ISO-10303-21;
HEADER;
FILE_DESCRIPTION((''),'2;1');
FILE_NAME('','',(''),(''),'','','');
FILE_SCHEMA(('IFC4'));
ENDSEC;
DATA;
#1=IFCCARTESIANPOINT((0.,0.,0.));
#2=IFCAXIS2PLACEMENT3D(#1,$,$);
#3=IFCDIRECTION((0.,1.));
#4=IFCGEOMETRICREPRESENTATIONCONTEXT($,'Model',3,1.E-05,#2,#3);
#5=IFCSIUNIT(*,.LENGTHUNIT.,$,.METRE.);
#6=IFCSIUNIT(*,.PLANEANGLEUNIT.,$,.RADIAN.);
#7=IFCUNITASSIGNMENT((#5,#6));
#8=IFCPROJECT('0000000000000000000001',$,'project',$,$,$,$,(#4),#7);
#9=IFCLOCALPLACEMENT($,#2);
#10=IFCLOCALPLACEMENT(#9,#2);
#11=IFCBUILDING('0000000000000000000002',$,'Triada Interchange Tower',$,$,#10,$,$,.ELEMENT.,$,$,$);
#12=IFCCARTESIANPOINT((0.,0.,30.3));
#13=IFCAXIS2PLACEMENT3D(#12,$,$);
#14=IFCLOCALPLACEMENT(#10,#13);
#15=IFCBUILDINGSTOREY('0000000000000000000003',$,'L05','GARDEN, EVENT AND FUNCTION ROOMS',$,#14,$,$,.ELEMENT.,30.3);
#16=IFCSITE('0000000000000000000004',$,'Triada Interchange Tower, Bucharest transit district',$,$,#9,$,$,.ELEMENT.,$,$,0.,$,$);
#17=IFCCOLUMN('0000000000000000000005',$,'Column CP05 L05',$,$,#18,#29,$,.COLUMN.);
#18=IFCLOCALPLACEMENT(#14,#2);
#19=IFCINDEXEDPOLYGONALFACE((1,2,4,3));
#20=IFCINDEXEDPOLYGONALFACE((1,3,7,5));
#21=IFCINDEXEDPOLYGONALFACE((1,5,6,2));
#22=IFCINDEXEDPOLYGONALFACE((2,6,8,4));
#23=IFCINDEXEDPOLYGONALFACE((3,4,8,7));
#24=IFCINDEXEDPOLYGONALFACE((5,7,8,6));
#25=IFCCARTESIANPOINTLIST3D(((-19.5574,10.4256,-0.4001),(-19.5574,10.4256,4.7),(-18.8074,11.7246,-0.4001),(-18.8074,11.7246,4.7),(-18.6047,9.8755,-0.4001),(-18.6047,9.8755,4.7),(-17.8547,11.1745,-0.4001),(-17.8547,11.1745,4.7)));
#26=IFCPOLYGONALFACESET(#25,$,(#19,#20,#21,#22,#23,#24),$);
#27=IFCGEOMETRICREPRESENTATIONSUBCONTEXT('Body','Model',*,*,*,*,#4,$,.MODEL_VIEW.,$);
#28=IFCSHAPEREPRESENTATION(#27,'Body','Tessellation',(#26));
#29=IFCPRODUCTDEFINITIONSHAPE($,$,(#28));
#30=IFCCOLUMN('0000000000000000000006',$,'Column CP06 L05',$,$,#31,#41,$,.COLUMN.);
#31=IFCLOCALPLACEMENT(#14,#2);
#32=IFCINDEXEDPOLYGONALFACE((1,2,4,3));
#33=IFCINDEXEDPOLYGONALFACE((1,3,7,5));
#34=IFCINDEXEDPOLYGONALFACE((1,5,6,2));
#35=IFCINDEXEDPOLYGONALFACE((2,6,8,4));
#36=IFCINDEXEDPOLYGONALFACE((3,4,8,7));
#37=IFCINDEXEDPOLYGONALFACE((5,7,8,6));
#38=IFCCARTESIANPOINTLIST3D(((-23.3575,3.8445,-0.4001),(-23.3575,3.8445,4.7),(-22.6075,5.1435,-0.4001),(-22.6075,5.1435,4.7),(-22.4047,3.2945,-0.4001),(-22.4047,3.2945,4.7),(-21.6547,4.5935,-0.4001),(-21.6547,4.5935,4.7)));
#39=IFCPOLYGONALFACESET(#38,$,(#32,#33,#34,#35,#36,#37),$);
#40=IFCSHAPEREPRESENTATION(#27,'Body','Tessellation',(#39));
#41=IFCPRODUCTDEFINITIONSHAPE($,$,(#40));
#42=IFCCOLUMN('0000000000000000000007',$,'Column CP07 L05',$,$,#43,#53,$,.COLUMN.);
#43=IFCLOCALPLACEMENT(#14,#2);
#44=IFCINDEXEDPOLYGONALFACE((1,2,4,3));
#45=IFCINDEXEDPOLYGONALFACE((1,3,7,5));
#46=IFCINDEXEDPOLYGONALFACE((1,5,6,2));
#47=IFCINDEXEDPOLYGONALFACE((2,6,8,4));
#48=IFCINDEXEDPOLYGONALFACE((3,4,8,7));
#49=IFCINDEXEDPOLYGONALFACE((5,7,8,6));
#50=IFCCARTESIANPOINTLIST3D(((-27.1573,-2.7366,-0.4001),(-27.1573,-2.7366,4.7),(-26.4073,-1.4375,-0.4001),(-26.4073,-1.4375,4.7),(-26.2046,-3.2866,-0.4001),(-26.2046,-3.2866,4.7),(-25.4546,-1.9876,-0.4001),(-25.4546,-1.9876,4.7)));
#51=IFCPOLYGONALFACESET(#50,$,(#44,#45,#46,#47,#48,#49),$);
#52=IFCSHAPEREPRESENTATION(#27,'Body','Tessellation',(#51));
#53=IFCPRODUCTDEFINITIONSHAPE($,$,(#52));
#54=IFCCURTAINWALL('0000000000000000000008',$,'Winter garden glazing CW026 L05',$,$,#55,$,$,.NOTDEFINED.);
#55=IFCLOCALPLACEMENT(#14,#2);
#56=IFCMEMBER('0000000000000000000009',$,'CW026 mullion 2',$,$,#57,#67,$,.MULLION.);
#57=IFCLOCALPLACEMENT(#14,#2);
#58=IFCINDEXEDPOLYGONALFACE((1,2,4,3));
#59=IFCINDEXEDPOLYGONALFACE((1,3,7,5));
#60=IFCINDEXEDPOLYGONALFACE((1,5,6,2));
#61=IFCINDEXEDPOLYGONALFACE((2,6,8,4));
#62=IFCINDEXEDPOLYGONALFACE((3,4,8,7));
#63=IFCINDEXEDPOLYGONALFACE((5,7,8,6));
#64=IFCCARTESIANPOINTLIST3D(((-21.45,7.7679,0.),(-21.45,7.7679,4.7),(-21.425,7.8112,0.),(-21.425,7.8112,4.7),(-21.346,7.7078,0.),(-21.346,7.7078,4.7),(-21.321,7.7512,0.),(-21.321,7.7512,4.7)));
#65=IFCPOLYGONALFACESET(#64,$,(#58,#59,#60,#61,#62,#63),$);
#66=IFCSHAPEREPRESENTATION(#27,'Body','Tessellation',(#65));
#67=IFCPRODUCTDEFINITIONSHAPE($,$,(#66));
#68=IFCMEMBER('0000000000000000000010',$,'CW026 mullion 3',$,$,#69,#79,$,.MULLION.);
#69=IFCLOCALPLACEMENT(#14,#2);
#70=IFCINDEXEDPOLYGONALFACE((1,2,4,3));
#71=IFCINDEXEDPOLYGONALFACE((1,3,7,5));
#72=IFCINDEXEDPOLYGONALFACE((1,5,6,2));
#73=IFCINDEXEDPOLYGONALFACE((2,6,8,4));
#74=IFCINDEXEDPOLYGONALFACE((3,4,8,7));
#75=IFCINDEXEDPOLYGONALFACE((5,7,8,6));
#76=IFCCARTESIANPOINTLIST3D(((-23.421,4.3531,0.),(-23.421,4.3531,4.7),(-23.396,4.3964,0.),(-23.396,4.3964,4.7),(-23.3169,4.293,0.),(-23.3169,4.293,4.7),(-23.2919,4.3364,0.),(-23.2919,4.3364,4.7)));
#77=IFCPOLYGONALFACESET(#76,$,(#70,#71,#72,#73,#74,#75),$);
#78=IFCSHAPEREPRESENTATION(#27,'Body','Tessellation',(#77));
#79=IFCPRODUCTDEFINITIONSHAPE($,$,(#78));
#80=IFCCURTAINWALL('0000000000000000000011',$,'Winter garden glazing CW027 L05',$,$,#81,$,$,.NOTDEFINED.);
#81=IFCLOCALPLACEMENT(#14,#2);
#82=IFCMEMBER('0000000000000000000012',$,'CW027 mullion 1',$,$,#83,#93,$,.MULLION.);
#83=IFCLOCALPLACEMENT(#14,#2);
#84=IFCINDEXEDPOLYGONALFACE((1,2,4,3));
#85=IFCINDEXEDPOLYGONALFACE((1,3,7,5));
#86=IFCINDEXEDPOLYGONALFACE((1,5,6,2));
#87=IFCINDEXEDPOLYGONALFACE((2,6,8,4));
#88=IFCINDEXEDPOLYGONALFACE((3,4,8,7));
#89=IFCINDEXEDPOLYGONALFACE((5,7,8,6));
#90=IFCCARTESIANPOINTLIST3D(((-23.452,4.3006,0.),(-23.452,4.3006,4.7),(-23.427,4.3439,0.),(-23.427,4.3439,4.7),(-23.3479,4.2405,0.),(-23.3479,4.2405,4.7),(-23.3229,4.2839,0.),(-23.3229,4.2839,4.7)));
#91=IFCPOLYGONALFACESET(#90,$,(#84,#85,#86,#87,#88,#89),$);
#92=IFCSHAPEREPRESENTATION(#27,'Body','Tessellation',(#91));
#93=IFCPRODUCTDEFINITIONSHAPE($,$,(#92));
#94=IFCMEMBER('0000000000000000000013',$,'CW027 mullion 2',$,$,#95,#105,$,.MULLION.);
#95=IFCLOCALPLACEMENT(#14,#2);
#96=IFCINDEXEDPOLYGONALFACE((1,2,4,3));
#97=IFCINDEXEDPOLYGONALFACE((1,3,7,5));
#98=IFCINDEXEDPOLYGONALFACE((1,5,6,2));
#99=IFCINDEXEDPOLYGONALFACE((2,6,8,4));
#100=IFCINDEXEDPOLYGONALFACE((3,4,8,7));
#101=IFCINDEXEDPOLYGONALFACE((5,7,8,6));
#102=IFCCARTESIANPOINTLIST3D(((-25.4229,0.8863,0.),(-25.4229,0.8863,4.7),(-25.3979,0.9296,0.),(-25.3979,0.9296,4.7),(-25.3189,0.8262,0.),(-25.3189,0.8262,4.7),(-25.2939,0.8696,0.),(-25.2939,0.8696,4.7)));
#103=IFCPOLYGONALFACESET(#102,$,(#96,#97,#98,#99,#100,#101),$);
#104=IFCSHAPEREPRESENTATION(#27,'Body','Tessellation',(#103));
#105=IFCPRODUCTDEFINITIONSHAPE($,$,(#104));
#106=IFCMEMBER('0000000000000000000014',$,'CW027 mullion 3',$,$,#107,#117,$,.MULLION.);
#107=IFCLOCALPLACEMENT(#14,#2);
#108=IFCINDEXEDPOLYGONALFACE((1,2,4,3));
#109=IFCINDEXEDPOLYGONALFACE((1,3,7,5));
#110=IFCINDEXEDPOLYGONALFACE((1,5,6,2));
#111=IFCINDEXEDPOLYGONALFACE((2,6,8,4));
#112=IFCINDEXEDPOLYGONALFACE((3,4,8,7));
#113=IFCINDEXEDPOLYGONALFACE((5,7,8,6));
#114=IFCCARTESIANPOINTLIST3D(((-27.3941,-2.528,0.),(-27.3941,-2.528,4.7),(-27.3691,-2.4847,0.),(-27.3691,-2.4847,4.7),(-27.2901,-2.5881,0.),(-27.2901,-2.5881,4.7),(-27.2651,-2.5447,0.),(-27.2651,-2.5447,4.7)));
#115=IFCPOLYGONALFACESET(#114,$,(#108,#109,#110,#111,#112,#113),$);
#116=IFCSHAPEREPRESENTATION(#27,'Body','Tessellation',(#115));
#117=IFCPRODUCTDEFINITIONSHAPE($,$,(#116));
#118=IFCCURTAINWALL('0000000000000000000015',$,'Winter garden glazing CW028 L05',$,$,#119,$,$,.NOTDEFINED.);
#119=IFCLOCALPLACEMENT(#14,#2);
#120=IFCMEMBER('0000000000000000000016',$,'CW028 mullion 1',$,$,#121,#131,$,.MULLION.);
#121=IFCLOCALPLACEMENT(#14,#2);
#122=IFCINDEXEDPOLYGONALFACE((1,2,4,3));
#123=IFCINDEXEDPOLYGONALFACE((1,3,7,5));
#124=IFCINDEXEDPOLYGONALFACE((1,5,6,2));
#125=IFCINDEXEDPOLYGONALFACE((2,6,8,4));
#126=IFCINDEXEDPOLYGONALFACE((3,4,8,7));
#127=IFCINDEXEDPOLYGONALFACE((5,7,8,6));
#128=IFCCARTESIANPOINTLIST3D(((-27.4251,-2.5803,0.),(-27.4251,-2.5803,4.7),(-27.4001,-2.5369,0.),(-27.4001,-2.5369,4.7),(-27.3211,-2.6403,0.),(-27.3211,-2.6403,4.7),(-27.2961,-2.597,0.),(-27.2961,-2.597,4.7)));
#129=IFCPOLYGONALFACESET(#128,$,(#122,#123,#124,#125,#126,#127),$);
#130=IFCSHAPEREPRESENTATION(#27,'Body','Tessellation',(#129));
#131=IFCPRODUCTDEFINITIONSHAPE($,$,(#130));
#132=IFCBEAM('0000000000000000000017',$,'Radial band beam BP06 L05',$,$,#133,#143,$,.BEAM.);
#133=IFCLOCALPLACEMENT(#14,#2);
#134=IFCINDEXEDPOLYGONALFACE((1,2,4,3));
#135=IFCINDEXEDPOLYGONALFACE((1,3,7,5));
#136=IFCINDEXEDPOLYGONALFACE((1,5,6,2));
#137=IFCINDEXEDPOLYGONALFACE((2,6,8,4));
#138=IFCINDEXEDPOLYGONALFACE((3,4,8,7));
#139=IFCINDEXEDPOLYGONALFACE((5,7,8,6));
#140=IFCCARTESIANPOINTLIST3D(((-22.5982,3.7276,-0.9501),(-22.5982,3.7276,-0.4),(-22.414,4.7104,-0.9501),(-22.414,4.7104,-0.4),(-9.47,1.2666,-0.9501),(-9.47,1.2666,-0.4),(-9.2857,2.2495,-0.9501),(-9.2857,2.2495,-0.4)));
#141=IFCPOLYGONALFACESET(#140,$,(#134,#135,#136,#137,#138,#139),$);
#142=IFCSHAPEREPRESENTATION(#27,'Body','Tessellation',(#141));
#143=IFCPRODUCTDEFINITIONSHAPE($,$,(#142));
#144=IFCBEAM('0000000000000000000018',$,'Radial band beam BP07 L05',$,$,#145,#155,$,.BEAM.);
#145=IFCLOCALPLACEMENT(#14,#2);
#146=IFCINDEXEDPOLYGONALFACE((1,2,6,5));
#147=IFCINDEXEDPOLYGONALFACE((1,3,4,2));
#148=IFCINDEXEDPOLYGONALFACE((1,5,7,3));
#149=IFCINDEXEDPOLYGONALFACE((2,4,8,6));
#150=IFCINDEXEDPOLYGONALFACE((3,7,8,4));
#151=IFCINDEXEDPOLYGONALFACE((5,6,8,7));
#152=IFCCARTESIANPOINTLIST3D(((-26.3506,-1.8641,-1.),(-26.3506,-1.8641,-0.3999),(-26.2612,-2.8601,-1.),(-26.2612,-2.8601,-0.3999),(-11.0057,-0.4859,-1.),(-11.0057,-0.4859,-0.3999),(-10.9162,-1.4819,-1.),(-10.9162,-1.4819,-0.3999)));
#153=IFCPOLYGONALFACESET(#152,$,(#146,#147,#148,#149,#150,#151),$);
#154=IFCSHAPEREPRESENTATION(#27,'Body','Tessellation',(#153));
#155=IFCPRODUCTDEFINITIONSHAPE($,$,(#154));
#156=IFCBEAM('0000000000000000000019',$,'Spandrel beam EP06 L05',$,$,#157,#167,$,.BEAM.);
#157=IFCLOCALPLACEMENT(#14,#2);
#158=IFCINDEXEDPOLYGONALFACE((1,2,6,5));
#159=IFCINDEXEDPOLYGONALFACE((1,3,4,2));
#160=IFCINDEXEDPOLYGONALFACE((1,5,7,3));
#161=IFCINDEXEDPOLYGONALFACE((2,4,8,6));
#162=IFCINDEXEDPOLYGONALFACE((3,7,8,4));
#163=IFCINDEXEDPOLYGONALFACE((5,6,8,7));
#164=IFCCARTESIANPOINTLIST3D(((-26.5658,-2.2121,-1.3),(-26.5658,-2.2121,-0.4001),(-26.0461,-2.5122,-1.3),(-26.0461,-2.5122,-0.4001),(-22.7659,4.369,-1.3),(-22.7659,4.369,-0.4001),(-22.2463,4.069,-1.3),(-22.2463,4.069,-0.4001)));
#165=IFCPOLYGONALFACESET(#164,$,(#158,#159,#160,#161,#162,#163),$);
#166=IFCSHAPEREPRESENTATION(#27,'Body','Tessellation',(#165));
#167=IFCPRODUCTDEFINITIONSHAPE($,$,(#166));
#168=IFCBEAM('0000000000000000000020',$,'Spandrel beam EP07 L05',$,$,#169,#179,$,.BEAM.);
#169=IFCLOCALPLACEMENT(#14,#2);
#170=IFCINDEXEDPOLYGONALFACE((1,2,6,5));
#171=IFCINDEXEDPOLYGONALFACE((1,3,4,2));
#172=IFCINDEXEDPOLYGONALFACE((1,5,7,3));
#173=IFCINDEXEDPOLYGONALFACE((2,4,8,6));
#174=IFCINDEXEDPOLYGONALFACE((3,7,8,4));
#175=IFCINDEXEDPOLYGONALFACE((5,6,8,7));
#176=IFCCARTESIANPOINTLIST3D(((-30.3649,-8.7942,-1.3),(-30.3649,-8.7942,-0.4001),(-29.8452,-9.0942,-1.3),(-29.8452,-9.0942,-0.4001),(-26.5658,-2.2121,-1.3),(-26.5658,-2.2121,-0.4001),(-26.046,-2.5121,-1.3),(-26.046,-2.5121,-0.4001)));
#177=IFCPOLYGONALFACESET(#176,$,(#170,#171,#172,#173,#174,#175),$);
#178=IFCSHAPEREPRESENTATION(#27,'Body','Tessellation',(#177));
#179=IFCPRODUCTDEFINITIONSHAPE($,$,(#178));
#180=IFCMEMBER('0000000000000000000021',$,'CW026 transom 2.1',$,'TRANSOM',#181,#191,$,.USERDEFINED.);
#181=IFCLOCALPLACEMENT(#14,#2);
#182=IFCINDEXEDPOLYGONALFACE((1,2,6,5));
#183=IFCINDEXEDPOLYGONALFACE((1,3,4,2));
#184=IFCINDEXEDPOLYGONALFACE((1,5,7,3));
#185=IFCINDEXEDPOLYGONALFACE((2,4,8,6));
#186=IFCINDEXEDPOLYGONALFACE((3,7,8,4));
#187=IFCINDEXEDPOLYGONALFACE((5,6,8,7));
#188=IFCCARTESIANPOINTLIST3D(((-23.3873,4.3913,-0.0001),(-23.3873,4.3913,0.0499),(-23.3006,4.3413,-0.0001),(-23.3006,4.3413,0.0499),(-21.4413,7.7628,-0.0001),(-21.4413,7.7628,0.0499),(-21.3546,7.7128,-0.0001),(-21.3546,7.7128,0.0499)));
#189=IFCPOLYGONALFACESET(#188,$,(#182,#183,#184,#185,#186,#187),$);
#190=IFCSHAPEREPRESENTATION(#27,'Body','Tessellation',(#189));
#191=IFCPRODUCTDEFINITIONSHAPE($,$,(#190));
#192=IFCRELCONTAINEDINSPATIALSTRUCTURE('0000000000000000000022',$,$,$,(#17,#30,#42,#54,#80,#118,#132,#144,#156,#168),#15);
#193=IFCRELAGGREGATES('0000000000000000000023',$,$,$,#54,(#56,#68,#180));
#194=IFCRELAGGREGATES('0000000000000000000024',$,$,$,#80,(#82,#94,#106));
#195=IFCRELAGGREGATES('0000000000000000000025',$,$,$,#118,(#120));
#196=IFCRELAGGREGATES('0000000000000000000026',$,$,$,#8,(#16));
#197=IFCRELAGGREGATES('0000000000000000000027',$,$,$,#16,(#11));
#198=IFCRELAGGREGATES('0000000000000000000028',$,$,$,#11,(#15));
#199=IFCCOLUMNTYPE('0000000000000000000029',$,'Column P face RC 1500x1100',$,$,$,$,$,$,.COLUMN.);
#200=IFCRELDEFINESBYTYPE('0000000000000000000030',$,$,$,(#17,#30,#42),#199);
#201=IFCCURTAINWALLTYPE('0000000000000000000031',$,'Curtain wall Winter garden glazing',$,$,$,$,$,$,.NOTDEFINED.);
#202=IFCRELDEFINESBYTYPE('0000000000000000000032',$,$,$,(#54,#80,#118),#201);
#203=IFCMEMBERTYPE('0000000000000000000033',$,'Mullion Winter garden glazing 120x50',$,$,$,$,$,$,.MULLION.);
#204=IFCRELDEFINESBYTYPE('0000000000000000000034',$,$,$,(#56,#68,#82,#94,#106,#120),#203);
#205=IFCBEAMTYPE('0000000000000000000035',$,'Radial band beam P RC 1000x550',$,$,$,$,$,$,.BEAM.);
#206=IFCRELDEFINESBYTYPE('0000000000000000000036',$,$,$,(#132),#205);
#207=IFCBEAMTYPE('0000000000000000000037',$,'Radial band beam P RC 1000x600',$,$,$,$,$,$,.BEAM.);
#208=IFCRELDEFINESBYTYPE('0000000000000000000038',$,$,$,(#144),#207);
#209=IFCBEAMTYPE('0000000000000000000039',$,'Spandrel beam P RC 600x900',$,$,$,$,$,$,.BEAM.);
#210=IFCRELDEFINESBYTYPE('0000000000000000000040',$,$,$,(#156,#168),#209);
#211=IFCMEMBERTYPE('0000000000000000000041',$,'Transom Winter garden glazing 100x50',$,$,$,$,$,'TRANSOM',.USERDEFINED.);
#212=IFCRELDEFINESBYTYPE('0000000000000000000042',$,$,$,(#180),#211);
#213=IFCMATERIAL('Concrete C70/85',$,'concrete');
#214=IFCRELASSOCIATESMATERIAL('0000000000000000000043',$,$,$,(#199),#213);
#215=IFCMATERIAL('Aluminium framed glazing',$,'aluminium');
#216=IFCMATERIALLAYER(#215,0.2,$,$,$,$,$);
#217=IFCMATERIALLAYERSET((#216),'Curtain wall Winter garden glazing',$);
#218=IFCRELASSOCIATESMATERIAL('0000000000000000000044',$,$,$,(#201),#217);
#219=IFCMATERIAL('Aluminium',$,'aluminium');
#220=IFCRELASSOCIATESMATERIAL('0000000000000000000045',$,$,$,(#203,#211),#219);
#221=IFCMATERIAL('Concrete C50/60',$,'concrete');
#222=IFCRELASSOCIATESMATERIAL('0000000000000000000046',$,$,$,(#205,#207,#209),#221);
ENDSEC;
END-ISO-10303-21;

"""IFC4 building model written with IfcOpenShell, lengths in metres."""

from ifc_helpers import new_model, si_unit, direction, frame, origin, origin_2d, place, context, subcontext, project, spatial, rectangle, extrude, material, layer, layer_set, material_profile, profile_set, type_object, element, aggregate, save


model = new_model("IFC4")

# Units and contexts
model_context = context("Model", 3, precision=1e-05, world=origin(), true_north=direction((0.0, 1.0)))
body_context = subcontext(model_context, "Body", "Model", "MODEL_VIEW")
ifc_project = project(units=[si_unit("LENGTHUNIT", "METRE"), si_unit("PLANEANGLEUNIT", "RADIAN")], contexts=[model_context])

# Site, building, storey
site_placement = place(None, origin())
site = spatial("IfcSite", under=ifc_project, at=site_placement, Name="Triada Interchange Tower, Bucharest transit district", CompositionType="ELEMENT", RefElevation=0.0)
building_placement = place(site_placement, origin())
building = spatial("IfcBuilding", under=site, at=building_placement, Name="Triada Interchange Tower", CompositionType="ELEMENT")
storey_placement = place(building_placement, frame((0.0, 0.0, 30.3)))
storey = spatial("IfcBuildingStorey", under=building, at=storey_placement, Name="L05", Description="GARDEN, EVENT AND FUNCTION ROOMS", CompositionType="ELEMENT", Elevation=30.3)

# Columns
ifc_material_1 = material(Name="Concrete C70/85", Category="concrete")
ifc_material_profile_1 = material_profile(ifc_material_1, rectangle(XDim=1.5, YDim=1.1001, at=origin_2d()), Name="RC 1500x1100")
ifc_profile_set_1 = profile_set([ifc_material_profile_1], Name="Concrete C70/85")
column_type = type_object("IfcColumnType", Name="Column P face RC 1500x1100", PredefinedType="COLUMN", material=ifc_profile_set_1)
for number, where, z_axis, x_axis, name in (
    (1, (-18.7061, 10.8, -0.4001), (0.0, 0.0, 1.0), (0.5, 0.866025, 0.0), "Column CP05 L05"),
    (2, (-22.5061, 4.219, -0.4001), (0.0, 0.0, 1.0), (0.5, 0.866025, 0.0), "Column CP06 L05"),
    (3, (-26.3059, -2.3621, -0.4001), (0.0, 0.0, 1.0), (0.5, 0.866025, 0.0), "Column CP07 L05"),
):
    element("IfcColumn", number, at=place(storey_placement, frame(where, z_axis=z_axis, x_axis=x_axis)), inside=storey, type_object=column_type, Name=name, PredefinedType="COLUMN", context=body_context, shape_type="SweptSolid", body=[
        extrude(rectangle(XDim=1.5, YDim=1.1001, at=origin_2d()), origin(), (0.0, 0.0, 1.0), 5.1001),
    ])

# Curtain walls, members
ifc_material_2 = material(Name="Aluminium framed glazing", Category="aluminium")
ifc_layer_1 = layer(ifc_material_2, 0.2)
ifc_layer_set_1 = layer_set([ifc_layer_1], Name="Curtain wall Winter garden glazing")
curtain_wall_type = type_object("IfcCurtainWallType", Name="Curtain wall Winter garden glazing", PredefinedType="NOTDEFINED", material=ifc_layer_set_1)
curtain_wall_1_placement = place(storey_placement, origin())
curtain_wall_1 = element("IfcCurtainWall", 4, at=curtain_wall_1_placement, inside=storey, type_object=curtain_wall_type, Name="Winter garden glazing CW026 L05", PredefinedType="NOTDEFINED")
ifc_material_3 = material(Name="Aluminium", Category="aluminium")
ifc_material_profile_2 = material_profile(ifc_material_3, rectangle(XDim=0.1201, YDim=0.05, at=origin_2d()), Name="Aluminium mullion")
ifc_profile_set_2 = profile_set([ifc_material_profile_2], Name="Aluminium")
member_type_1 = type_object("IfcMemberType", Name="Mullion Winter garden glazing 120x50", PredefinedType="MULLION", material=ifc_profile_set_2)
member_1_placement = place(storey_placement, frame((-21.3855, 7.7595, 0.0), z_axis=(0.0, 0.0, 1.0), x_axis=(0.866087, -0.499893, 0.0)))
member_1 = element("IfcMember", 5, at=member_1_placement, type_object=member_type_1, Name="CW026 mullion 2", PredefinedType="MULLION", context=body_context, shape_type="SweptSolid", body=[
    extrude(rectangle(XDim=0.1201, YDim=0.05, at=origin_2d()), origin(), (0.0, 0.0, 1.0), 4.7),
])
member_2_placement = place(storey_placement, frame((-23.3564, 4.3447, 0.0), z_axis=(0.0, 0.0, 1.0), x_axis=(0.866087, -0.499893, 0.0)))
member_2 = element("IfcMember", 6, at=member_2_placement, type_object=member_type_1, Name="CW026 mullion 3", PredefinedType="MULLION", context=body_context, shape_type="SweptSolid", body=[
    extrude(rectangle(XDim=0.1201, YDim=0.05, at=origin_2d()), origin(), (0.0, 0.0, 1.0), 4.7),
])
curtain_wall_2_placement = place(storey_placement, origin())
curtain_wall_2 = element("IfcCurtainWall", 7, at=curtain_wall_2_placement, inside=storey, type_object=curtain_wall_type, Name="Winter garden glazing CW027 L05", PredefinedType="NOTDEFINED")
member_3_placement = place(storey_placement, frame((-23.3875, 4.2922, 0.0), z_axis=(0.0, 0.0, 1.0), x_axis=(0.866055, -0.499948, 0.0)))
member_3 = element("IfcMember", 8, at=member_3_placement, type_object=member_type_1, Name="CW027 mullion 1", PredefinedType="MULLION", context=body_context, shape_type="SweptSolid", body=[
    extrude(rectangle(XDim=0.1201, YDim=0.05, at=origin_2d()), origin(), (0.0, 0.0, 1.0), 4.7),
])
member_4_placement = place(storey_placement, frame((-25.3584, 0.8779, 0.0), z_axis=(0.0, 0.0, 1.0), x_axis=(0.866055, -0.499948, 0.0)))
member_4 = element("IfcMember", 9, at=member_4_placement, type_object=member_type_1, Name="CW027 mullion 2", PredefinedType="MULLION", context=body_context, shape_type="SweptSolid", body=[
    extrude(rectangle(XDim=0.1201, YDim=0.05, at=origin_2d()), origin(), (0.0, 0.0, 1.0), 4.7),
])
member_5_placement = place(storey_placement, frame((-27.3296, -2.5364, 0.0), z_axis=(0.0, 0.0, 1.0), x_axis=(0.866055, -0.499948, 0.0)))
member_5 = element("IfcMember", 10, at=member_5_placement, type_object=member_type_1, Name="CW027 mullion 3", PredefinedType="MULLION", context=body_context, shape_type="SweptSolid", body=[
    extrude(rectangle(XDim=0.1201, YDim=0.05, at=origin_2d()), origin(), (0.0, 0.0, 1.0), 4.7),
])

# Curtain wall, member
curtain_wall_3_placement = place(storey_placement, origin())
curtain_wall_3 = element("IfcCurtainWall", 11, at=curtain_wall_3_placement, inside=storey, type_object=curtain_wall_type, Name="Winter garden glazing CW028 L05", PredefinedType="NOTDEFINED")
member_6_placement = place(storey_placement, frame((-27.3606, -2.5886, 0.0), z_axis=(0.0, 0.0, 1.0), x_axis=(0.866055, -0.499948, 0.0)))
member_6 = element("IfcMember", 12, at=member_6_placement, type_object=member_type_1, Name="CW028 mullion 1", PredefinedType="MULLION", context=body_context, shape_type="SweptSolid", body=[
    extrude(rectangle(XDim=0.1201, YDim=0.05, at=origin_2d()), origin(), (0.0, 0.0, 1.0), 4.7),
])

# Beams
ifc_material_4 = material(Name="Concrete C50/60", Category="concrete")
ifc_material_profile_3 = material_profile(ifc_material_4, rectangle(XDim=1.0, YDim=0.55, at=origin_2d()), Name="RC 1000x550")
ifc_profile_set_3 = profile_set([ifc_material_profile_3], Name="Concrete C50/60")
beam_type_1 = type_object("IfcBeamType", Name="Radial band beam P RC 1000x550", PredefinedType="BEAM", material=ifc_profile_set_3)
beam_1_placement = place(storey_placement, frame((-22.5061, 4.219, -0.675), z_axis=(0.98288, -0.184245, 0.0), x_axis=(0.184245, 0.98288, 0.0)))
element("IfcBeam", 13, at=beam_1_placement, inside=storey, type_object=beam_type_1, Name="Radial band beam BP06 L05", PredefinedType="BEAM", context=body_context, shape_type="SweptSolid", body=[
    extrude(rectangle(XDim=1.0, YDim=0.55, at=origin_2d()), origin(), (0.0, 0.0, 1.0), 13.3569),
])
ifc_material_profile_4 = material_profile(ifc_material_4, rectangle(XDim=1.0, YDim=0.6001, at=origin_2d()), Name="RC 1000x600")
ifc_profile_set_4 = profile_set([ifc_material_profile_4], Name="Concrete C50/60")
beam_type_2 = type_object("IfcBeamType", Name="Radial band beam P RC 1000x600", PredefinedType="BEAM", material=ifc_profile_set_4)
beam_2_placement = place(storey_placement, frame((-26.3059, -2.3621, -0.7), z_axis=(0.995991, 0.089453, 0.0), x_axis=(-0.089453, 0.995991, 0.0)))
element("IfcBeam", 14, at=beam_2_placement, inside=storey, type_object=beam_type_2, Name="Radial band beam BP07 L05", PredefinedType="BEAM", context=body_context, shape_type="SweptSolid", body=[
    extrude(rectangle(XDim=1.0, YDim=0.6001, at=origin_2d()), origin(), (0.0, 0.0, 1.0), 15.4067),
])
ifc_material_profile_5 = material_profile(ifc_material_4, rectangle(XDim=0.6001, YDim=0.8999, at=origin_2d()), Name="RC 600x900")
ifc_profile_set_5 = profile_set([ifc_material_profile_5], Name="Concrete C50/60")
beam_type_3 = type_object("IfcBeamType", Name="Spandrel beam P RC 600x900", PredefinedType="BEAM", material=ifc_profile_set_5)
beam_3_placement = place(storey_placement, frame((-22.5061, 4.219, -0.8501), z_axis=(-0.500023, -0.866012, 0.0), x_axis=(0.866012, -0.500023, 0.0)))
element("IfcBeam", 15, at=beam_3_placement, inside=storey, type_object=beam_type_3, Name="Spandrel beam EP06 L05", PredefinedType="BEAM", context=body_context, shape_type="SweptSolid", body=[
    extrude(rectangle(XDim=0.6001, YDim=0.8999, at=origin_2d()), origin(), (0.0, 0.0, 1.0), 7.5994),
])
beam_4_placement = place(storey_placement, frame((-26.3059, -2.3621, -0.8501), z_axis=(-0.499895, -0.866086, 0.0), x_axis=(0.866086, -0.499895, 0.0)))
element("IfcBeam", 16, at=beam_4_placement, inside=storey, type_object=beam_type_3, Name="Spandrel beam EP07 L05", PredefinedType="BEAM", context=body_context, shape_type="SweptSolid", body=[
    extrude(rectangle(XDim=0.6001, YDim=0.8999, at=origin_2d()), origin(), (0.0, 0.0, 1.0), 7.5999),
])

# Member
ifc_material_profile_6 = material_profile(ifc_material_3, rectangle(XDim=0.1001, YDim=0.05, at=origin_2d()), Name="Aluminium transom")
ifc_profile_set_6 = profile_set([ifc_material_profile_6], Name="Aluminium")
member_type_2 = type_object("IfcMemberType", Name="Transom Winter garden glazing 100x50", ElementType="TRANSOM", PredefinedType="USERDEFINED", material=ifc_profile_set_6)
member_7_placement = place(storey_placement, frame((-21.3979, 7.7378, 0.0249), z_axis=(-0.499896, -0.866085, 0.0), x_axis=(0.866085, -0.499896, 0.0)))
member_7 = element("IfcMember", 17, at=member_7_placement, type_object=member_type_2, Name="CW026 transom 2.1", ObjectType="TRANSOM", PredefinedType="USERDEFINED", context=body_context, shape_type="SweptSolid", body=[
    extrude(rectangle(XDim=0.1001, YDim=0.05, at=origin_2d()), origin(), (0.0, 0.0, 1.0), 3.8928),
])

aggregate(curtain_wall_1, [member_1, member_2, member_7])
aggregate(curtain_wall_2, [member_3, member_4, member_5])
aggregate(curtain_wall_3, [member_6])

save(model, "model.ifc")
